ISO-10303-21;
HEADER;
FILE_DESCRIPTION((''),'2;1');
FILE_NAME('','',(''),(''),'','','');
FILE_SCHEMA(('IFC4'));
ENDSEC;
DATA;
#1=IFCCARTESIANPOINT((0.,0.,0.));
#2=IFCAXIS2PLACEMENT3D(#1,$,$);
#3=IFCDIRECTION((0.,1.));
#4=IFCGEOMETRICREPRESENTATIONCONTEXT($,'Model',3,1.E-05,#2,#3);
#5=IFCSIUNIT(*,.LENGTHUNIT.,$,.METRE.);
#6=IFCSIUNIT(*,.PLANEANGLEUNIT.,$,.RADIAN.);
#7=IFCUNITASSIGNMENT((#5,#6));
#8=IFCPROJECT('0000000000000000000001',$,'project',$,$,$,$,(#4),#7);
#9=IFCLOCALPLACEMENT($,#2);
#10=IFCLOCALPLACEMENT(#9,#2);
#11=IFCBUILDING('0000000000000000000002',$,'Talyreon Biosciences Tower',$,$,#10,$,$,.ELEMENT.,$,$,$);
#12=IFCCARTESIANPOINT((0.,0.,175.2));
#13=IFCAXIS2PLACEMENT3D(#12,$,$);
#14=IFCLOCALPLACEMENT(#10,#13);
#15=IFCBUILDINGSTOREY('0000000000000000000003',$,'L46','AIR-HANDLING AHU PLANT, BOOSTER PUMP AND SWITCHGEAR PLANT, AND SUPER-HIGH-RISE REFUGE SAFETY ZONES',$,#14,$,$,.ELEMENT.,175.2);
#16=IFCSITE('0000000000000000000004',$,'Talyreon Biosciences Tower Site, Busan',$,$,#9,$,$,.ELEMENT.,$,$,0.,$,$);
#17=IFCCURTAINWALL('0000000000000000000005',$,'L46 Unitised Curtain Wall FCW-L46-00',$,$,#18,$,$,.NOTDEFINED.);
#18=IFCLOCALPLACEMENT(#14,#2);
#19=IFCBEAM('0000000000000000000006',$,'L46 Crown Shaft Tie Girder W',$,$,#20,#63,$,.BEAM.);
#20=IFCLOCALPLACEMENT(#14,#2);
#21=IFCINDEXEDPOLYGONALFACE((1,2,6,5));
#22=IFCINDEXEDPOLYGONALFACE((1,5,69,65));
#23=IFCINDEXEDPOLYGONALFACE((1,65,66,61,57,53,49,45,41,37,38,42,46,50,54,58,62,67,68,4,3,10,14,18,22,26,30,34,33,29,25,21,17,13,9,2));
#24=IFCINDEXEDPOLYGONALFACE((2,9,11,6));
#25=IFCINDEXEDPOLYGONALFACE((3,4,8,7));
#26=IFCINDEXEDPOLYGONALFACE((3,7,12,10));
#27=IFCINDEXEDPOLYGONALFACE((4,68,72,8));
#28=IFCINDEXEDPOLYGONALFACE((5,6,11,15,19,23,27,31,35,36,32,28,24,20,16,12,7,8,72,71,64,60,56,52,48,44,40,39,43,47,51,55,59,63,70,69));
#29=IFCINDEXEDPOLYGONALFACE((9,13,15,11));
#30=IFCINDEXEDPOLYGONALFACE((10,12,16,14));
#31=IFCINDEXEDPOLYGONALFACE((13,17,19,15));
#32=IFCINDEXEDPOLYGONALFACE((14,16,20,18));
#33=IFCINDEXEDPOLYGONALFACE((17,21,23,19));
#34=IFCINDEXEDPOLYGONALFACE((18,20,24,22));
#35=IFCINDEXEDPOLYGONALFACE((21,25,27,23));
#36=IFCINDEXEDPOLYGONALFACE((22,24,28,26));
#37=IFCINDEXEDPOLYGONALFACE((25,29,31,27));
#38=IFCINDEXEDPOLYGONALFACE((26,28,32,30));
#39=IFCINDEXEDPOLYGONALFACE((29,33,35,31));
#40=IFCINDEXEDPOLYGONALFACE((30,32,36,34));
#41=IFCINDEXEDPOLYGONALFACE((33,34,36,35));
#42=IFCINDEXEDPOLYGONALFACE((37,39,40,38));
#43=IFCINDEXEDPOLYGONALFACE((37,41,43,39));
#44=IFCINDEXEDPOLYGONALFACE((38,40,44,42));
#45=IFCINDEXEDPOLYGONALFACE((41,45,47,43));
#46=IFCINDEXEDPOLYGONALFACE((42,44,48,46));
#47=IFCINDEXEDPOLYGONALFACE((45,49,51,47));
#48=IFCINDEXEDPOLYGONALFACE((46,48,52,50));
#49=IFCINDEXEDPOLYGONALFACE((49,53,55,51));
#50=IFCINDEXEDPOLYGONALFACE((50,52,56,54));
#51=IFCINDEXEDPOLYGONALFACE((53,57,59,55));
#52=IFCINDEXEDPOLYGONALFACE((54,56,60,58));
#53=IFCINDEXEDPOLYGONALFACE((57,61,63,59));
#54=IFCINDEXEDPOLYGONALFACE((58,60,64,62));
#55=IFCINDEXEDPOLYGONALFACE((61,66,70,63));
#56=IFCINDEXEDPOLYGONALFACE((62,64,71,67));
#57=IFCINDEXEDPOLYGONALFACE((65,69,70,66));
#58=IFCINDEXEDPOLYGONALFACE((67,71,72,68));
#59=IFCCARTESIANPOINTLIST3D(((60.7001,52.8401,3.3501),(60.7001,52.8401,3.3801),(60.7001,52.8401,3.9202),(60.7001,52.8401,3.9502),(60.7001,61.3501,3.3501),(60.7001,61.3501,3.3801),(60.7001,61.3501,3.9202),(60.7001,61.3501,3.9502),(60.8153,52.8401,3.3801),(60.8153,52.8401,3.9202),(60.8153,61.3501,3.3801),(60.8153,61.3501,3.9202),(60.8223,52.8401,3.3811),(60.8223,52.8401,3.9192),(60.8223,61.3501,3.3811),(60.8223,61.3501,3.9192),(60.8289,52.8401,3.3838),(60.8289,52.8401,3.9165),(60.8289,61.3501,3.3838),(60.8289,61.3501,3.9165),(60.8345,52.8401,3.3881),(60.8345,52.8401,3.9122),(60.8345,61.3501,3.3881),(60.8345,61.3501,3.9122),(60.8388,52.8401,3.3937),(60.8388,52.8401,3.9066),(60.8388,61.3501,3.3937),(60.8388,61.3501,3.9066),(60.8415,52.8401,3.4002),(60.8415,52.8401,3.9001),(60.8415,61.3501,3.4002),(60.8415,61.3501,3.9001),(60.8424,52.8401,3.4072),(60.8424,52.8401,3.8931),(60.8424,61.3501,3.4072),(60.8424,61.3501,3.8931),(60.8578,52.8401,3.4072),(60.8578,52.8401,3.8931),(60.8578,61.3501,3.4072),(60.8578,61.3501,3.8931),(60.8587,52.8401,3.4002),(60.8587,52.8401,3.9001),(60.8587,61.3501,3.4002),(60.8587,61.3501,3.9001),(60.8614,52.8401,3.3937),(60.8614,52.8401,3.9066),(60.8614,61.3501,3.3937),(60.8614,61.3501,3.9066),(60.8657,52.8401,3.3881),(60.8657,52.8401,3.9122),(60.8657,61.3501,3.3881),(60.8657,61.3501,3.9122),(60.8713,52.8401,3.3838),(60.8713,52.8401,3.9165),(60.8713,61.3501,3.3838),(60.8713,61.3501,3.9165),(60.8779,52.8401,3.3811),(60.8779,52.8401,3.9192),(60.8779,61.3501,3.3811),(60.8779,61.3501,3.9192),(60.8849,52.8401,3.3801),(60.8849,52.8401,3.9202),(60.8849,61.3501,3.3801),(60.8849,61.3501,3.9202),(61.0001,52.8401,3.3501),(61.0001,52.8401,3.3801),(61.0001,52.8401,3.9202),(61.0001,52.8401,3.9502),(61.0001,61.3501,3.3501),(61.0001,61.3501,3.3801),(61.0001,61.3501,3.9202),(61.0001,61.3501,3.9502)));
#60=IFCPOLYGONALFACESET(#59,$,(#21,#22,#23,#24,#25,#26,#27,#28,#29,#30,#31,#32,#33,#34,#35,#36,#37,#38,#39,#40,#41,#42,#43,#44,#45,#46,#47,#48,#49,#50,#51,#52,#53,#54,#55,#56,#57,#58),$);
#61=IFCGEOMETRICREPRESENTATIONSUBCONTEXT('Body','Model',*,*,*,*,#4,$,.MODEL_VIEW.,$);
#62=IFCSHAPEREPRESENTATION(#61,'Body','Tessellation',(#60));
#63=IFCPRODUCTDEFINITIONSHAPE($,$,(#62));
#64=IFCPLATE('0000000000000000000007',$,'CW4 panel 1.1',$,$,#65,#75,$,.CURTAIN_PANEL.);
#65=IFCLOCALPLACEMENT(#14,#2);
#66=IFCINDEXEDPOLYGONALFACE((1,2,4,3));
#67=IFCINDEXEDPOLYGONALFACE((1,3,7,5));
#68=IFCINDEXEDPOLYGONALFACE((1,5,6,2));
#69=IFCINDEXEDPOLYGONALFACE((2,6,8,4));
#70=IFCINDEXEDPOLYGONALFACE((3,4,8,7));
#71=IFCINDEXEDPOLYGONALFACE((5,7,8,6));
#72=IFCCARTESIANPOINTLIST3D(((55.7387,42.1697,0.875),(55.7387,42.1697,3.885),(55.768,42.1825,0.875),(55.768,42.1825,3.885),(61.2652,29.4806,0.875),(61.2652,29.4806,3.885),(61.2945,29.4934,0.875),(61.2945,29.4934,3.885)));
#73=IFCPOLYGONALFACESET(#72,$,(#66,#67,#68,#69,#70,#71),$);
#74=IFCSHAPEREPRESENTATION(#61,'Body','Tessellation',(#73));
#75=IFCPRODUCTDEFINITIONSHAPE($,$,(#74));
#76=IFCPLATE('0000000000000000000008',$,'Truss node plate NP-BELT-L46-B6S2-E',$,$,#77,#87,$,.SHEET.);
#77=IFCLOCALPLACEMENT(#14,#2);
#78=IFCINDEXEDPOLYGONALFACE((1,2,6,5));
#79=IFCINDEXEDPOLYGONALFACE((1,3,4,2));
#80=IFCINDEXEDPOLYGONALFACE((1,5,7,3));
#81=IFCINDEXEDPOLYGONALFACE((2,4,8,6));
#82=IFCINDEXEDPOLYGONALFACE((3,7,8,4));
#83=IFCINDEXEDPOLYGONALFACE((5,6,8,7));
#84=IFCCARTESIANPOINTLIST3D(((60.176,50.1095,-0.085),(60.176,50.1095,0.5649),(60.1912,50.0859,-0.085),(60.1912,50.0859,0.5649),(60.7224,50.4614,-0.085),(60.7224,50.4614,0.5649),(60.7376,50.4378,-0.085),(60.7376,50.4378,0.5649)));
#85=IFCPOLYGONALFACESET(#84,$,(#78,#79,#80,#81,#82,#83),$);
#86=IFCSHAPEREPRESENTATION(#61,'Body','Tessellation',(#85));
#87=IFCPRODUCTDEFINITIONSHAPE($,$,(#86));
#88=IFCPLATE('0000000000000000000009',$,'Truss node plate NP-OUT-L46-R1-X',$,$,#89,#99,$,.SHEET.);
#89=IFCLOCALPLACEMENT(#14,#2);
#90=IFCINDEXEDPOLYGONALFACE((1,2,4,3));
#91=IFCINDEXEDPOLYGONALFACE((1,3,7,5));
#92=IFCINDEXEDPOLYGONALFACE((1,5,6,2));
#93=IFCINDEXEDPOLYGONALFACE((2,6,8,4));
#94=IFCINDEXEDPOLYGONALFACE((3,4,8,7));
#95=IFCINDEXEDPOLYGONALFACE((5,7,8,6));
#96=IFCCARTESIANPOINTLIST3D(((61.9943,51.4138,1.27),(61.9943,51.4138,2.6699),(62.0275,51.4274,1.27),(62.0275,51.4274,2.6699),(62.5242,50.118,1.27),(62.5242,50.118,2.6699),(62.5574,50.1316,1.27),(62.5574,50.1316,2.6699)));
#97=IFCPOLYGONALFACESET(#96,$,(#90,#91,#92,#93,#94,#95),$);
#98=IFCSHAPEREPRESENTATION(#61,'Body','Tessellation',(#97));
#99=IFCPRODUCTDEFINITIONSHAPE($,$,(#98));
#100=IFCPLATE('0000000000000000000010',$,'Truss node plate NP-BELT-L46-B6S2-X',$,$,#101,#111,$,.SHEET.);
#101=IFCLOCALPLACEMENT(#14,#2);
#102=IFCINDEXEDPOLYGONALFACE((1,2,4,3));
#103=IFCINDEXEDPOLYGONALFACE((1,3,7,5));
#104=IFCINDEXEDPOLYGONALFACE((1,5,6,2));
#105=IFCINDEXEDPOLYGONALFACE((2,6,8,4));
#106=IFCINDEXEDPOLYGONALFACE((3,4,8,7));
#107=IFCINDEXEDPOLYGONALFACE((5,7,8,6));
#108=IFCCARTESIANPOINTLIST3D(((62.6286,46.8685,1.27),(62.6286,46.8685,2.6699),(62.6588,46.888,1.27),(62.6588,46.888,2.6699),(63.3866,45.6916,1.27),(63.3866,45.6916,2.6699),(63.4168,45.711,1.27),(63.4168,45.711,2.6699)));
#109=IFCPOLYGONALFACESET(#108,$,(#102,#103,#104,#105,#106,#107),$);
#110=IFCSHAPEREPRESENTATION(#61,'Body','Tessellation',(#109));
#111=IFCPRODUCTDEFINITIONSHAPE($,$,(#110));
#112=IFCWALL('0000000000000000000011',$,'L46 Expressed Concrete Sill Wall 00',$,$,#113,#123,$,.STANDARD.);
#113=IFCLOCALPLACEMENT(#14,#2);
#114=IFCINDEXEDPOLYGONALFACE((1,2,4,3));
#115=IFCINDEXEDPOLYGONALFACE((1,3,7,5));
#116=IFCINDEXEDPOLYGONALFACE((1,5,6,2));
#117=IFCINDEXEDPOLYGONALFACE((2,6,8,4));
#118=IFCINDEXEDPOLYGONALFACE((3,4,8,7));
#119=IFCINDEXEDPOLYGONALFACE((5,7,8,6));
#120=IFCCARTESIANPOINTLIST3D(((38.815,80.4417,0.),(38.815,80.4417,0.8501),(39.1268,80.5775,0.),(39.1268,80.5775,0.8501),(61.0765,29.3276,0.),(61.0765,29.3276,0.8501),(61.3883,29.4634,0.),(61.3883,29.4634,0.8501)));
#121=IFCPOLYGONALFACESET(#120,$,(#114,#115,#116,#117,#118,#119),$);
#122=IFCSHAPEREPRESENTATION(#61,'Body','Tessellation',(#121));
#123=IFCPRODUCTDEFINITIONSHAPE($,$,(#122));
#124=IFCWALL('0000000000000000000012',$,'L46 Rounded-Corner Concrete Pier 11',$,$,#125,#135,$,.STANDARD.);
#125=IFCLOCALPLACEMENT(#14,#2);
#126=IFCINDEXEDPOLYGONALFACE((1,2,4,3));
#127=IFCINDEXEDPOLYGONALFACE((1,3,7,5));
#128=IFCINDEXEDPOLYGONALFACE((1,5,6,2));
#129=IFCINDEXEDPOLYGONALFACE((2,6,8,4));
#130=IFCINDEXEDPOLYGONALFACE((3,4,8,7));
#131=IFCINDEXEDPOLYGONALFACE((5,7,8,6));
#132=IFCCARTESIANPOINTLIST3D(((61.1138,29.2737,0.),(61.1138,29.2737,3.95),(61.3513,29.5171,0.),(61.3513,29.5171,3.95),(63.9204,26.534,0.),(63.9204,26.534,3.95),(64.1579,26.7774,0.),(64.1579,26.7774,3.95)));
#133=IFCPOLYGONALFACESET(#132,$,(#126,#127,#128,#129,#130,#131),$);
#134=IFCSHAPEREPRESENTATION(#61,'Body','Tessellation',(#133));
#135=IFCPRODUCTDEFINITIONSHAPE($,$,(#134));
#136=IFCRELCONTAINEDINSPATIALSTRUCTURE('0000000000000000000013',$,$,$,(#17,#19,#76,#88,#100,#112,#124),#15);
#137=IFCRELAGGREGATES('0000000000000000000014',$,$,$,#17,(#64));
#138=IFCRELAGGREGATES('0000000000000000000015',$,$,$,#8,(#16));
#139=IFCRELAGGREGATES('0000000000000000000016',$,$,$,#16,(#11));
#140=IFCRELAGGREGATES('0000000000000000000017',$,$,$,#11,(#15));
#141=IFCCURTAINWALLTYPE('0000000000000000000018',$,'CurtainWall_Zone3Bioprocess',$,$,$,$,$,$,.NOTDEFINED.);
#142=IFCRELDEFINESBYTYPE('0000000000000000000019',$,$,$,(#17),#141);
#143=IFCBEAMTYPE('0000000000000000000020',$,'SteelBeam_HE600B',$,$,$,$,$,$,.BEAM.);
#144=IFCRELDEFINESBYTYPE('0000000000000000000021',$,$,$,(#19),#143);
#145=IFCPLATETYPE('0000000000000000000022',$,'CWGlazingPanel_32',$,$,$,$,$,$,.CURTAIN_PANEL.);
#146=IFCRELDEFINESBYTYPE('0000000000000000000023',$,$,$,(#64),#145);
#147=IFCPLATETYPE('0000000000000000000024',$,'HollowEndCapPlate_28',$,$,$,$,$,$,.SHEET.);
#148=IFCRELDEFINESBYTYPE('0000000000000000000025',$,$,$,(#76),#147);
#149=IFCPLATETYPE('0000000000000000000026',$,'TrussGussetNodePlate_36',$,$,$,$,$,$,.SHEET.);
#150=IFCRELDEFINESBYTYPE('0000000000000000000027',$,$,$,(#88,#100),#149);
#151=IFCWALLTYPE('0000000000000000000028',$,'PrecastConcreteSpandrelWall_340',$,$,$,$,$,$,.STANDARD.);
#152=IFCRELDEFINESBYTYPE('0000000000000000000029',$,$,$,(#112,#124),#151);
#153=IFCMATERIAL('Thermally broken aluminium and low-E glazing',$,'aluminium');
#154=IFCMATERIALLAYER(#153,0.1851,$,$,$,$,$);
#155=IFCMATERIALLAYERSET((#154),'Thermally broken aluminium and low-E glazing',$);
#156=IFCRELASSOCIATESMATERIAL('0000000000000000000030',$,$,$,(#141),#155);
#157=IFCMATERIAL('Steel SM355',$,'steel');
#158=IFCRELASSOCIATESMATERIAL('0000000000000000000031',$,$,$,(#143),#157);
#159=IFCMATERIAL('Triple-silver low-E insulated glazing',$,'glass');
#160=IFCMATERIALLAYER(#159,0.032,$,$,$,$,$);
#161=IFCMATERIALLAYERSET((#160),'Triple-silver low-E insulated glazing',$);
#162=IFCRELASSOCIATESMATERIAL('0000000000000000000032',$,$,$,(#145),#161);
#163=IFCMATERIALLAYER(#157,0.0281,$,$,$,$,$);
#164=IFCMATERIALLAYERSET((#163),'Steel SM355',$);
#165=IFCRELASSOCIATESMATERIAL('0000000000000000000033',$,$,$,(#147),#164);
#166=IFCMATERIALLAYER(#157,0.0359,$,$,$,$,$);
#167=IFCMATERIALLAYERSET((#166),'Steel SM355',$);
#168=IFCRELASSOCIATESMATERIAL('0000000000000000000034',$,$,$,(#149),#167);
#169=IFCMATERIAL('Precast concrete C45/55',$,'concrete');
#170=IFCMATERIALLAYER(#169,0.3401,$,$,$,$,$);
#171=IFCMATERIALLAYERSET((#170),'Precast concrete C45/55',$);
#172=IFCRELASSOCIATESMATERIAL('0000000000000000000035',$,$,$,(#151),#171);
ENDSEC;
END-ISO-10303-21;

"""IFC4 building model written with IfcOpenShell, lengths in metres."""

from ifc_helpers import new_model, si_unit, direction, frame, frame_2d, origin, origin_2d, place, context, subcontext, project, spatial, rectangle, i_section, extrude, material, layer, layer_set, material_profile, profile_set, type_object, element, aggregate, save


model = new_model("IFC4")

# Units and contexts
model_context = context("Model", 3, precision=1e-05, world=origin(), true_north=direction((0.0, 1.0)))
body_context = subcontext(model_context, "Body", "Model", "MODEL_VIEW")
ifc_project = project(units=[si_unit("LENGTHUNIT", "METRE"), si_unit("PLANEANGLEUNIT", "RADIAN")], contexts=[model_context])

# Site, building, storey
site_placement = place(None, origin())
site = spatial("IfcSite", under=ifc_project, at=site_placement, Name="Talyreon Biosciences Tower Site, Busan", CompositionType="ELEMENT", RefElevation=0.0)
building_placement = place(site_placement, origin())
building = spatial("IfcBuilding", under=site, at=building_placement, Name="Talyreon Biosciences Tower", CompositionType="ELEMENT")
storey_placement = place(building_placement, frame((0.0, 0.0, 175.2)))
storey = spatial("IfcBuildingStorey", under=building, at=storey_placement, Name="L46", Description="AIR-HANDLING AHU PLANT, BOOSTER PUMP AND SWITCHGEAR PLANT, AND SUPER-HIGH-RISE REFUGE SAFETY ZONES", CompositionType="ELEMENT", Elevation=175.2)

# Shared definitions
ifc_material_1 = material(Name="Steel SM355", Category="steel")

# Curtain wall
ifc_material_2 = material(Name="Thermally broken aluminium and low-E glazing", Category="aluminium")
ifc_layer_1 = layer(ifc_material_2, 0.1851)
ifc_layer_set_1 = layer_set([ifc_layer_1], Name="Thermally broken aluminium and low-E glazing")
curtain_wall_type = type_object("IfcCurtainWallType", Name="CurtainWall_Zone3Bioprocess", PredefinedType="NOTDEFINED", material=ifc_layer_set_1)
curtain_wall_placement = place(storey_placement, origin())
curtain_wall = element("IfcCurtainWall", 1, at=curtain_wall_placement, inside=storey, type_object=curtain_wall_type, Name="L46 Unitised Curtain Wall FCW-L46-00", PredefinedType="NOTDEFINED")

# Beam
ifc_material_profile_1 = material_profile(ifc_material_1, i_section(OverallWidth=0.3, OverallDepth=0.6001, WebThickness=0.0154, FlangeThickness=0.03, FilletRadius=0.0271, at=origin_2d()), Name="HE600B")
ifc_profile_set_1 = profile_set([ifc_material_profile_1], Name="Steel SM355")
beam_type = type_object("IfcBeamType", Name="SteelBeam_HE600B", PredefinedType="BEAM", material=ifc_profile_set_1)
beam_1_placement = place(storey_placement, frame((60.8501, 52.8401, 3.6501), z_axis=(0.0, 1.0, 0.0), x_axis=(-1.0, 0.0, 0.0)))
element("IfcBeam", 2, at=beam_1_placement, inside=storey, type_object=beam_type, Name="L46 Crown Shaft Tie Girder W", PredefinedType="BEAM", context=body_context, shape_type="SweptSolid", body=[
    extrude(i_section(OverallWidth=0.3, OverallDepth=0.6001, WebThickness=0.0154, FlangeThickness=0.03, FilletRadius=0.0271, at=origin_2d()), origin(), (0.0, 0.0, 1.0), 8.51),
])

# Plate
ifc_material_3 = material(Name="Triple-silver low-E insulated glazing", Category="glass")
ifc_layer_2 = layer(ifc_material_3, 0.032)
ifc_layer_set_2 = layer_set([ifc_layer_2], Name="Triple-silver low-E insulated glazing")
plate_type_1 = type_object("IfcPlateType", Name="CWGlazingPanel_32", PredefinedType="CURTAIN_PANEL", material=ifc_layer_set_2)
plate_1_placement = place(storey_placement, frame((58.5166, 35.8315, 0.875), z_axis=(0.0, 0.0, 1.0), x_axis=(-0.3993, 0.91682, 0.0)))
plate_1 = element("IfcPlate", 3, at=plate_1_placement, type_object=plate_type_1, Name="CW4 panel 1.1", PredefinedType="CURTAIN_PANEL", context=body_context, shape_type="SweptSolid", body=[
    extrude(rectangle(XDim=13.8403, YDim=0.032, at=origin_2d()), origin(), (0.0, 0.0, 1.0), 3.01),
])
aggregate(curtain_wall, [plate_1])

# Plates
ifc_layer_3 = layer(ifc_material_1, 0.0281)
ifc_layer_set_3 = layer_set([ifc_layer_3], Name="Steel SM355")
plate_type_2 = type_object("IfcPlateType", Name="HollowEndCapPlate_28", PredefinedType="SHEET", material=ifc_layer_set_3)
plate_2_placement = place(storey_placement, frame((60.4568, 50.2737, -0.085), z_axis=(0.0, 0.0, 1.0), x_axis=(0.840727, 0.541459, 0.0)))
element("IfcPlate", 4, at=plate_2_placement, inside=storey, type_object=plate_type_2, Name="Truss node plate NP-BELT-L46-B6S2-E", PredefinedType="SHEET", context=body_context, shape_type="SweptSolid", body=[
    extrude(rectangle(XDim=0.6499, YDim=0.0281, at=origin_2d()), origin(), (0.0, 0.0, 1.0), 0.6499),
])
ifc_layer_4 = layer(ifc_material_1, 0.0359)
ifc_layer_set_4 = layer_set([ifc_layer_4], Name="Steel SM355")
plate_type_3 = type_object("IfcPlateType", Name="TrussGussetNodePlate_36", PredefinedType="SHEET", material=ifc_layer_set_4)
for number, where, z_axis, x_axis, name in (
    (5, (62.2759, 50.7727, 1.27), (0.0, 0.0, 1.0), (0.378536, -0.925587, 0.0), "Truss node plate NP-OUT-L46-R1-X"),
    (6, (63.0227, 46.2898, 1.27), (0.0, 0.0, 1.0), (0.541459, -0.840727, 0.0), "Truss node plate NP-BELT-L46-B6S2-X"),
):
    element("IfcPlate", number, at=place(storey_placement, frame(where, z_axis=z_axis, x_axis=x_axis)), inside=storey, type_object=plate_type_3, Name=name, PredefinedType="SHEET", context=body_context, shape_type="SweptSolid", body=[
        extrude(rectangle(XDim=1.3999, YDim=0.0359, at=origin_2d()), origin(), (0.0, 0.0, 1.0), 1.3999),
    ])

# Walls
ifc_material_4 = material(Name="Precast concrete C45/55", Category="concrete")
ifc_layer_5 = layer(ifc_material_4, 0.3401)
ifc_layer_set_5 = layer_set([ifc_layer_5], Name="Precast concrete C45/55")
wall_type = type_object("IfcWallType", Name="PrecastConcreteSpandrelWall_340", PredefinedType="STANDARD", material=ifc_layer_set_5)
wall_1_placement = place(storey_placement, frame((61.2324, 29.3955, 0.0), z_axis=(0.0, 0.0, 1.0), x_axis=(-0.399299, 0.916821, 0.0)))
element("IfcWall", 7, at=wall_1_placement, inside=storey, type_object=wall_type, Name="L46 Expressed Concrete Sill Wall 00", PredefinedType="STANDARD", context=body_context, shape_type="SweptSolid", body=[
    extrude(rectangle(XDim=55.7515, YDim=0.3401, at=frame_2d((27.8757, 0.0))), origin(), (0.0, 0.0, 1.0), 0.8501),
])
wall_2_placement = place(storey_placement, frame((64.0391, 26.6558, 0.0), z_axis=(0.0, 0.0, 1.0), x_axis=(-0.715583, 0.698528, 0.0)))
element("IfcWall", 8, at=wall_2_placement, inside=storey, type_object=wall_type, Name="L46 Rounded-Corner Concrete Pier 11", PredefinedType="STANDARD", context=body_context, shape_type="SweptSolid", body=[
    extrude(rectangle(XDim=3.9221, YDim=0.3401, at=frame_2d((1.9609, 0.0))), origin(), (0.0, 0.0, 1.0), 3.95),
])

save(model, "model.ifc")
